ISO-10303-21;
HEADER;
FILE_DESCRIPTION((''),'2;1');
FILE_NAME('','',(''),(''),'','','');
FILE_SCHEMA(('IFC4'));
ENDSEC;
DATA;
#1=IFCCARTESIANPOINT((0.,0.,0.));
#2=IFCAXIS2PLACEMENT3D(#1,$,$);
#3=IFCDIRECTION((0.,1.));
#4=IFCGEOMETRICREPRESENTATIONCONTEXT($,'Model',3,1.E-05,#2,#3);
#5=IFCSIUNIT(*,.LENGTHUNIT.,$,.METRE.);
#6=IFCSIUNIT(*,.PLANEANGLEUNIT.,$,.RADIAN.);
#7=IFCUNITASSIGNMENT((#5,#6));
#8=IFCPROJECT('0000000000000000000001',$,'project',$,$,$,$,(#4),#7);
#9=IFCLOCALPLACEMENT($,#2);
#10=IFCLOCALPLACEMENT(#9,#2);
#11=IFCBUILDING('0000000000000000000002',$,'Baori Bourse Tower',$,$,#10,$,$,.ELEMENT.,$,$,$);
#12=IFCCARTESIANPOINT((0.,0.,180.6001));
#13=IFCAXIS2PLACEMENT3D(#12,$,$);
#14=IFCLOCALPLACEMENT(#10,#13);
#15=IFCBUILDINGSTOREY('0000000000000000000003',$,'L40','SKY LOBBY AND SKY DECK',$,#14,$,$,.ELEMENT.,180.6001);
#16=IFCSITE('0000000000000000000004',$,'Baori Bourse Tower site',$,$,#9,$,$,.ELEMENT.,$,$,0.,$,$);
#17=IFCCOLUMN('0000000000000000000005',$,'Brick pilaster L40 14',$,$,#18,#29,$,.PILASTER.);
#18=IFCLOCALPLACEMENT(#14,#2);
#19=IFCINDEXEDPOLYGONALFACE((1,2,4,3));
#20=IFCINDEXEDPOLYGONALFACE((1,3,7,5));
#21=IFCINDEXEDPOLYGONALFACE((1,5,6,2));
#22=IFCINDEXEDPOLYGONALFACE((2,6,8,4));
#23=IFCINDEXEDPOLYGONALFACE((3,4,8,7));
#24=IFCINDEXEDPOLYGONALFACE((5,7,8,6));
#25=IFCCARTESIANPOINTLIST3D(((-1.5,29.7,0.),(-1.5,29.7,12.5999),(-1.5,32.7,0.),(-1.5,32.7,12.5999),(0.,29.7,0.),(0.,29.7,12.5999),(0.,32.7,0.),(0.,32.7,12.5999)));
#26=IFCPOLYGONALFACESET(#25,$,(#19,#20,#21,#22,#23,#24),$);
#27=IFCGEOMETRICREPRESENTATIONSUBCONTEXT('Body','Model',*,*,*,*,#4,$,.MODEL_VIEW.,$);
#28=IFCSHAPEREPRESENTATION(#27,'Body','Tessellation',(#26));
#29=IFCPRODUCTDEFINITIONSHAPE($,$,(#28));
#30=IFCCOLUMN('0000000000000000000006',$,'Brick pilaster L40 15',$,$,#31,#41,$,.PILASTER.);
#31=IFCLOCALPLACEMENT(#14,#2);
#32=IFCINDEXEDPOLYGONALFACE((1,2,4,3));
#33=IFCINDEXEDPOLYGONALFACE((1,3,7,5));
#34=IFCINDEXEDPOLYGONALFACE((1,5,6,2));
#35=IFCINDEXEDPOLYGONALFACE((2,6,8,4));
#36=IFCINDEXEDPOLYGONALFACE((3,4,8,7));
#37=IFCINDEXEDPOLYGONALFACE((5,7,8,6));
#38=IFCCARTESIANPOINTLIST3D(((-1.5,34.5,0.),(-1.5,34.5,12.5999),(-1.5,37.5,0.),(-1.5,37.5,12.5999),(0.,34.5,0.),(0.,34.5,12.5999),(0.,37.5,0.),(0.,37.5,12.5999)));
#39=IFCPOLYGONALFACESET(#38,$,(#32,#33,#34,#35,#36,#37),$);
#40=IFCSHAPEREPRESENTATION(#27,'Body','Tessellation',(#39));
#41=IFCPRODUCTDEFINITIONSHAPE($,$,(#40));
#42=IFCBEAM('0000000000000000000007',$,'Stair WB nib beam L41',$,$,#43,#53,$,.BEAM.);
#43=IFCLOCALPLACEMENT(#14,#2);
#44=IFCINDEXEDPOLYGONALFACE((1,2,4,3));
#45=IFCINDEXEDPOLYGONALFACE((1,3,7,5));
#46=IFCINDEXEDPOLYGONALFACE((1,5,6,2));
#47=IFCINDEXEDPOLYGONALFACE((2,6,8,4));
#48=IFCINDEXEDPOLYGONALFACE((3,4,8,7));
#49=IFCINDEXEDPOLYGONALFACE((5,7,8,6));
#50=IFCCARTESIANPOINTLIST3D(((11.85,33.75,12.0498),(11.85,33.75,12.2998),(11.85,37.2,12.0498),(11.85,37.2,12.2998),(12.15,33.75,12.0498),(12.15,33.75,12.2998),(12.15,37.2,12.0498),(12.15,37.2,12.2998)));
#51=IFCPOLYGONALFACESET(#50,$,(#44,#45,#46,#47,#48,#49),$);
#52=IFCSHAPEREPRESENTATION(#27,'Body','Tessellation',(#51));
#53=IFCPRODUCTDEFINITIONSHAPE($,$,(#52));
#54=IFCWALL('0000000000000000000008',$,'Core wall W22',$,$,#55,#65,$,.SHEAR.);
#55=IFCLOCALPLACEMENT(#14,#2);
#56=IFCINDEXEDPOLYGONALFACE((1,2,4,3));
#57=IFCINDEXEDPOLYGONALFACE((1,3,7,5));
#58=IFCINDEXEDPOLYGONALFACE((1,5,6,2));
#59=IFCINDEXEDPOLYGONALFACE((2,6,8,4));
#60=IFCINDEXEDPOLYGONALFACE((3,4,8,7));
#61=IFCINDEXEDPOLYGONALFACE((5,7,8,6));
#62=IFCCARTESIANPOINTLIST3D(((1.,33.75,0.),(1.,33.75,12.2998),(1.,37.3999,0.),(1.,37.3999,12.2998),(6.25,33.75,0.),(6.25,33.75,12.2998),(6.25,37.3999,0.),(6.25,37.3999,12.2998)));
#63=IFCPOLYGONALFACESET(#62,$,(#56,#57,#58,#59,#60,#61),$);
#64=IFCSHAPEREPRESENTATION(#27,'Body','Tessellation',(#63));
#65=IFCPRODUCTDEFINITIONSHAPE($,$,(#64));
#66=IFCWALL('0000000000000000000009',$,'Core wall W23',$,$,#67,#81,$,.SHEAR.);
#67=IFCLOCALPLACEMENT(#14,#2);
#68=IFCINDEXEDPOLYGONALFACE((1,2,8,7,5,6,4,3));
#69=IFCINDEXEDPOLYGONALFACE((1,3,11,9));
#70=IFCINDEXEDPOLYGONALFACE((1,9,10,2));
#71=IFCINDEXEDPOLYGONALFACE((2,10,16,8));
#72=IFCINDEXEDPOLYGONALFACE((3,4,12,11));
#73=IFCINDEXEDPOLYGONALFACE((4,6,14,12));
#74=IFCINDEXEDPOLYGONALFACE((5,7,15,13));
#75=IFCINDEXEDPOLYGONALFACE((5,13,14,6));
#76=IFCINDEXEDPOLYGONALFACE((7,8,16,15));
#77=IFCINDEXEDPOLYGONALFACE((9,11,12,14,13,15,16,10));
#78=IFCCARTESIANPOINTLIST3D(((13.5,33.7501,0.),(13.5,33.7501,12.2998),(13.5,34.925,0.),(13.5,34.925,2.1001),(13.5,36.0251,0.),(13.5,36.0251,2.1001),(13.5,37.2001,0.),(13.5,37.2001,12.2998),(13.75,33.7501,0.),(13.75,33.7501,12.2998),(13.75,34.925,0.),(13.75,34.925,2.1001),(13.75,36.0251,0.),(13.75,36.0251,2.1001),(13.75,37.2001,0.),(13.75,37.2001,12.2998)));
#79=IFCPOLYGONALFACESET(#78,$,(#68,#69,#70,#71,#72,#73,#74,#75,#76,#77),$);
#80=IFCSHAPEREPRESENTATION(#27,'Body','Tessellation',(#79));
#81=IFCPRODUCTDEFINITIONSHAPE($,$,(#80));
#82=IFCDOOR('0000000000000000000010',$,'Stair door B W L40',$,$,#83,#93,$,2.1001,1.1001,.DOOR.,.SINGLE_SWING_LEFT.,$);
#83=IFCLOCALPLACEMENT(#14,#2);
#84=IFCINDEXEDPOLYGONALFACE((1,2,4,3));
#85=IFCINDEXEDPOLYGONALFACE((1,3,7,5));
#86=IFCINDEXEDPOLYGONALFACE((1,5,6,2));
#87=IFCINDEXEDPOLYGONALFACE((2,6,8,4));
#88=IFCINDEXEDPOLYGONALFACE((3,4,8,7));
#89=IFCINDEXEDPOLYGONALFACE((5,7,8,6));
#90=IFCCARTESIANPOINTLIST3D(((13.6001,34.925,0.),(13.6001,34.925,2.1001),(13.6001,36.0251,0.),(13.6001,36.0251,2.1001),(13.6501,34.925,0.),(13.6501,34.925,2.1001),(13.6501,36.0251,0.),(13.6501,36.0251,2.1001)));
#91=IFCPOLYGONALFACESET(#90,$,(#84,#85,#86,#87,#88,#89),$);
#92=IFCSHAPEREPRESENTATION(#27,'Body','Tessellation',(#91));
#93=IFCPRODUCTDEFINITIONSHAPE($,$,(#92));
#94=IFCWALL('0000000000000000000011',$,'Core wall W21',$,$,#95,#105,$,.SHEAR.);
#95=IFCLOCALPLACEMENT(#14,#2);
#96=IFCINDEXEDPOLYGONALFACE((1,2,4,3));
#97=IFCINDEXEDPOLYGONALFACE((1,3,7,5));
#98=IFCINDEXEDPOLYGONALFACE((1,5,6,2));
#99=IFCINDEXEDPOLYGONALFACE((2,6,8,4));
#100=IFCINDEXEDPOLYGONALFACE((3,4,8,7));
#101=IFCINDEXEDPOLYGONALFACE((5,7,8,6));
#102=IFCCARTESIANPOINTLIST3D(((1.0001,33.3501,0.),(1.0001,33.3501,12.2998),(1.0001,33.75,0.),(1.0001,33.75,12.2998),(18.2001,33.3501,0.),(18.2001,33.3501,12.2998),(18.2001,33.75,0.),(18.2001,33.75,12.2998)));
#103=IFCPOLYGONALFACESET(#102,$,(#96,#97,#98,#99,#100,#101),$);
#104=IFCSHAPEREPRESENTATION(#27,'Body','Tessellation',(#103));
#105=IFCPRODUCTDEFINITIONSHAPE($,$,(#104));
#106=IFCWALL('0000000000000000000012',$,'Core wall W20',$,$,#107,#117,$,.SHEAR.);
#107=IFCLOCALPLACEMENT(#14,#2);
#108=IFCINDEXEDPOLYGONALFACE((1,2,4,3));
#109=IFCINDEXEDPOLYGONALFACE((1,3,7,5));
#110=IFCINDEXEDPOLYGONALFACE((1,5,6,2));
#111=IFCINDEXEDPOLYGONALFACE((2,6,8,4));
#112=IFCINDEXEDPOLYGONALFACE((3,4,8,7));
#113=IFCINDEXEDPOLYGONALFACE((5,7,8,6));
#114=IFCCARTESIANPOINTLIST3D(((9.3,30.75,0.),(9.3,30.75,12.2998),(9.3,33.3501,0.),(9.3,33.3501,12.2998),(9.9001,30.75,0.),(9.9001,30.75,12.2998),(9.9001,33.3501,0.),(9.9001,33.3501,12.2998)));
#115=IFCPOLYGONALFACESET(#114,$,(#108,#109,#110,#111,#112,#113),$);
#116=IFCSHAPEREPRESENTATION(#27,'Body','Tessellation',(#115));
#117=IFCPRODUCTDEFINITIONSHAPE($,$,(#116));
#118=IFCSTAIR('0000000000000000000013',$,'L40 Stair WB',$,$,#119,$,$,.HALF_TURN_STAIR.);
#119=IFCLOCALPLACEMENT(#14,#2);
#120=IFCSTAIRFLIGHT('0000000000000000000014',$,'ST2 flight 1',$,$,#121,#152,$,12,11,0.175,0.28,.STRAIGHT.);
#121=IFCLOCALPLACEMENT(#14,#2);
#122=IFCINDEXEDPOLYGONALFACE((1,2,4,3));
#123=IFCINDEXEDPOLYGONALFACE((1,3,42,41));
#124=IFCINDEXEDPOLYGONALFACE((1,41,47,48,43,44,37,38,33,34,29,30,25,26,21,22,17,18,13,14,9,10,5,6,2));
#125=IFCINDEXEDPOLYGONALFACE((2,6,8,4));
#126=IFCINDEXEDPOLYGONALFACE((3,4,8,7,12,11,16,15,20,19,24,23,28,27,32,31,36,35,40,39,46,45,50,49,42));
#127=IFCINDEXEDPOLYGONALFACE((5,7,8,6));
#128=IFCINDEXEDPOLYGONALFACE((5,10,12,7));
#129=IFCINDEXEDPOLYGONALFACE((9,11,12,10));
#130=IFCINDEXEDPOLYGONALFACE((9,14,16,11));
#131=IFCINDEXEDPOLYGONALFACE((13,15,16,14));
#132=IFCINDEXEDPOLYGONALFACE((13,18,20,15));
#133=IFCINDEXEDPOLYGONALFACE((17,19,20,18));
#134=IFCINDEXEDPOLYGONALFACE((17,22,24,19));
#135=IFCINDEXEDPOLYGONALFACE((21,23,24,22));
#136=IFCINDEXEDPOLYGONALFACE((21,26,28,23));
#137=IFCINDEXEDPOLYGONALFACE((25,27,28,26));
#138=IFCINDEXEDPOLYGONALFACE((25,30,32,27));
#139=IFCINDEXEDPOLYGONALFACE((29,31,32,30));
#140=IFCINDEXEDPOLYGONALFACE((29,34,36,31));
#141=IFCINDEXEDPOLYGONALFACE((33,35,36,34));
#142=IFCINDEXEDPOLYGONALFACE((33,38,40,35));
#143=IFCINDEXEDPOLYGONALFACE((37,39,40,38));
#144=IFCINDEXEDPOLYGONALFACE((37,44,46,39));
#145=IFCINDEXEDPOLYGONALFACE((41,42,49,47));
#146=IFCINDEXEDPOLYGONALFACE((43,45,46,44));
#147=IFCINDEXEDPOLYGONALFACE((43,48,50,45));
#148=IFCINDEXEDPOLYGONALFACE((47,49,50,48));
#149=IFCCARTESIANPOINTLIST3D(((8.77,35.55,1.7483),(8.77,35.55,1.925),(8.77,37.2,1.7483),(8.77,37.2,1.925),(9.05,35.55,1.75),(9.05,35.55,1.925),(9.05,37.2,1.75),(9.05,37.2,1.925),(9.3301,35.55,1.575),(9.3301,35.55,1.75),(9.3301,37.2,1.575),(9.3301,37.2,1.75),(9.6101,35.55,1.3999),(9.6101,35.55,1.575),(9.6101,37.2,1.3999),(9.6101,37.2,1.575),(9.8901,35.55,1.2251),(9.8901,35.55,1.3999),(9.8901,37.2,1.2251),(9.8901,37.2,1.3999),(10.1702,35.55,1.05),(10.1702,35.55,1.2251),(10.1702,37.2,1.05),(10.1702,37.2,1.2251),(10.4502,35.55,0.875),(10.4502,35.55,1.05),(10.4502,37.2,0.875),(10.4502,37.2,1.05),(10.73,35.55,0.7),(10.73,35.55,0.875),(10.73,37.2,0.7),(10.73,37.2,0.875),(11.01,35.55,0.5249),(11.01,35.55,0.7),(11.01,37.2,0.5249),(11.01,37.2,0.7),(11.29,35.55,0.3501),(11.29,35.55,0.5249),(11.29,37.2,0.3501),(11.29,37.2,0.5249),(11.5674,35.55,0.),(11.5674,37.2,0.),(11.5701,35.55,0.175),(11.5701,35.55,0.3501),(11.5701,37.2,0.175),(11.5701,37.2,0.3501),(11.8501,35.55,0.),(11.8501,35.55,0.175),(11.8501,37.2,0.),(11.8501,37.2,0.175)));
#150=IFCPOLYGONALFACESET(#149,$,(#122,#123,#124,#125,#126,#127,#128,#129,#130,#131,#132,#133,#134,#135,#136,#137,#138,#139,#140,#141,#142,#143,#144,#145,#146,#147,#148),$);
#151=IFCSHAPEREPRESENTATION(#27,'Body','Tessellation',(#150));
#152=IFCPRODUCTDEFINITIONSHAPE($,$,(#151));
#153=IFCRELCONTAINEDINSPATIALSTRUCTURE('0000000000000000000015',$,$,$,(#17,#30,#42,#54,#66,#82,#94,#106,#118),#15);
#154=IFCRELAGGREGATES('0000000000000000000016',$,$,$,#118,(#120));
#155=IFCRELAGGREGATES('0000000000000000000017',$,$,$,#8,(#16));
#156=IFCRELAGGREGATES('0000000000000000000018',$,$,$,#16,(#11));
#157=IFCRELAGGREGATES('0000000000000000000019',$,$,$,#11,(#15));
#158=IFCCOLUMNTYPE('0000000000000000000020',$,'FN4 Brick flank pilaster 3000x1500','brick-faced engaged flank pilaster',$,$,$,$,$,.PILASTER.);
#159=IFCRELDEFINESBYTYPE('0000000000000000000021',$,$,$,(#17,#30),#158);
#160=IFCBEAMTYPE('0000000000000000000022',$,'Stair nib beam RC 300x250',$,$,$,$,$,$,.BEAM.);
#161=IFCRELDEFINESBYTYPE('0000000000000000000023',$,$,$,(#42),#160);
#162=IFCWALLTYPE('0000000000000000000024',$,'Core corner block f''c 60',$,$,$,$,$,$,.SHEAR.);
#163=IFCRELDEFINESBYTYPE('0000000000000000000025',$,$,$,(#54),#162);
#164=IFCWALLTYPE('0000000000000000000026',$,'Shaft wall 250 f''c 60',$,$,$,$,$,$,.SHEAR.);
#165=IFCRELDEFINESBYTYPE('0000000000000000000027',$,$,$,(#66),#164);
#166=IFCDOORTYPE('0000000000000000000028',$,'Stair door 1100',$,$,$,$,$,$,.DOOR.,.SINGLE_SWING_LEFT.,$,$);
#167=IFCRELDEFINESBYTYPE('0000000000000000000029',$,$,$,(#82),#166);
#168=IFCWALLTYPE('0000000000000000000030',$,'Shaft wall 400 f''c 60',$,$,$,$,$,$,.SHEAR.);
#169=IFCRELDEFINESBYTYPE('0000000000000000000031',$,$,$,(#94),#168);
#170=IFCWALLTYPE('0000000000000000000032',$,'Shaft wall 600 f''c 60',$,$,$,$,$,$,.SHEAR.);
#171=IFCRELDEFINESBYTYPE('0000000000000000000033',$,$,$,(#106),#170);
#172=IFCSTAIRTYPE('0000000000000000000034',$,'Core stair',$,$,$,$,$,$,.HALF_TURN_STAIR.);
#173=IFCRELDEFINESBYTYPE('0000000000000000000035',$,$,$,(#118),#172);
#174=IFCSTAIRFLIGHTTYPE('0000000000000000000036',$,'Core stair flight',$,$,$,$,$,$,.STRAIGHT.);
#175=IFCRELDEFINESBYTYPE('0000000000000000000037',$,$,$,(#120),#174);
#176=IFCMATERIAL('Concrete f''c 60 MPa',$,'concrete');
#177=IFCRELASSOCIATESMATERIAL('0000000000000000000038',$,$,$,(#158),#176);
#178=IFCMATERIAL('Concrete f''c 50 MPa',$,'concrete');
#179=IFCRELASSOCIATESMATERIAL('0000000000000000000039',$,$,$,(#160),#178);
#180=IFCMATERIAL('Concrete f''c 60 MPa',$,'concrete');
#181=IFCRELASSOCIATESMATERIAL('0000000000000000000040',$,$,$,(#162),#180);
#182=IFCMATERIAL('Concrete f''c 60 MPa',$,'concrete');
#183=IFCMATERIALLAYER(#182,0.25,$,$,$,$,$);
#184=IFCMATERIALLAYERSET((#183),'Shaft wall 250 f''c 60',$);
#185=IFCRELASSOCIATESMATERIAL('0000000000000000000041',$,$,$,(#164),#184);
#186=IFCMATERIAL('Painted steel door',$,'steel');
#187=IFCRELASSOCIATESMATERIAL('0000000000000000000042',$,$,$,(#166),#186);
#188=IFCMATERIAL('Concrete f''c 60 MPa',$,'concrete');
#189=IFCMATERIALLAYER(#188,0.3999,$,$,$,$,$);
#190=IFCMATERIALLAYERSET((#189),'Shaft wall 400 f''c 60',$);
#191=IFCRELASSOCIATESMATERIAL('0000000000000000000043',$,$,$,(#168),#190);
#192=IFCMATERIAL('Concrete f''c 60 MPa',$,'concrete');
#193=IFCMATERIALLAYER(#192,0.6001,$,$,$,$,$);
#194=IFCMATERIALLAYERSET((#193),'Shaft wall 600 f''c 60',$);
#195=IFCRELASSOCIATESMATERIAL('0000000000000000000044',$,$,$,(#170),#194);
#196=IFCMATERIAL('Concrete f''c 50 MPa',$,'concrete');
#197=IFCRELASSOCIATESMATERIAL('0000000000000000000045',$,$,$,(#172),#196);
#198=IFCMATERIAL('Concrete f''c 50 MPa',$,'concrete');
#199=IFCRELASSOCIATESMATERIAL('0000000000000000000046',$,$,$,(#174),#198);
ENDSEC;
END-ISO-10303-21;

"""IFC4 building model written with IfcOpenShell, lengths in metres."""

from ifc_helpers import new_model, si_unit, direction, frame, frame_2d, origin, origin_2d, place, context, subcontext, project, spatial, polyline, rectangle, outline, extrude, material, layer, layer_set, material_profile, profile_set, type_object, element, fill, aggregate, save


model = new_model("IFC4")

# Units and contexts
model_context = context("Model", 3, precision=1e-05, world=origin(), true_north=direction((0.0, 1.0)))
body_context = subcontext(model_context, "Body", "Model", "MODEL_VIEW")
ifc_project = project(units=[si_unit("LENGTHUNIT", "METRE"), si_unit("PLANEANGLEUNIT", "RADIAN")], contexts=[model_context])

# Site, building, storey
site_placement = place(None, origin())
site = spatial("IfcSite", under=ifc_project, at=site_placement, Name="Baori Bourse Tower site", CompositionType="ELEMENT", RefElevation=0.0)
building_placement = place(site_placement, origin())
building = spatial("IfcBuilding", under=site, at=building_placement, Name="Baori Bourse Tower", CompositionType="ELEMENT")
storey_placement = place(building_placement, frame((0.0, 0.0, 180.6001)))
storey = spatial("IfcBuildingStorey", under=building, at=storey_placement, Name="L40", Description="SKY LOBBY AND SKY DECK", CompositionType="ELEMENT", Elevation=180.6001)

# Columns
ifc_material_1 = material(Name="Concrete f'c 60 MPa", Category="concrete")
ifc_material_profile_1 = material_profile(ifc_material_1, rectangle(XDim=3.0, YDim=1.5, at=origin_2d()), Name="RC 3000x1500")
ifc_profile_set_1 = profile_set([ifc_material_profile_1], Name="Concrete f'c 60 MPa")
column_type = type_object("IfcColumnType", Name="FN4 Brick flank pilaster 3000x1500", Description="brick-faced engaged flank pilaster", PredefinedType="PILASTER", material=ifc_profile_set_1)
for number, where, z_axis, x_axis, name in (
    (1, (-0.75, 31.2, 0.0), (0.0, 0.0, 1.0), (0.0, 1.0, 0.0), "Brick pilaster L40 14"),
    (2, (-0.75, 36.0, 0.0), (0.0, 0.0, 1.0), (0.0, 1.0, 0.0), "Brick pilaster L40 15"),
):
    element("IfcColumn", number, at=place(storey_placement, frame(where, z_axis=z_axis, x_axis=x_axis)), inside=storey, type_object=column_type, Name=name, PredefinedType="PILASTER", context=body_context, shape_type="SweptSolid", body=[
        extrude(rectangle(XDim=3.0, YDim=1.5, at=origin_2d()), origin(), (0.0, 0.0, 1.0), 12.5999),
    ])

# Beam
ifc_material_2 = material(Name="Concrete f'c 50 MPa", Category="concrete")
ifc_material_profile_2 = material_profile(ifc_material_2, rectangle(XDim=0.3, YDim=0.25, at=origin_2d()), Name="RC 300x250")
ifc_profile_set_2 = profile_set([ifc_material_profile_2], Name="Concrete f'c 50 MPa")
beam_type = type_object("IfcBeamType", Name="Stair nib beam RC 300x250", PredefinedType="BEAM", material=ifc_profile_set_2)
beam_placement = place(storey_placement, frame((12.0, 33.75, 12.1748), z_axis=(0.0, 1.0, 0.0), x_axis=(-1.0, 0.0, 0.0)))
element("IfcBeam", 3, at=beam_placement, inside=storey, type_object=beam_type, Name="Stair WB nib beam L41", PredefinedType="BEAM", context=body_context, shape_type="SweptSolid", body=[
    extrude(rectangle(XDim=0.3, YDim=0.25, at=origin_2d()), origin(), (0.0, 0.0, 1.0), 3.45),
])

# Wall
ifc_material_3 = material(Name="Concrete f'c 60 MPa", Category="concrete")
wall_type_1 = type_object("IfcWallType", Name="Core corner block f'c 60", PredefinedType="SHEAR", material=ifc_material_3)
wall_1_placement = place(storey_placement, frame((1.0, 35.575, 0.0), z_axis=(0.0, 0.0, 1.0), x_axis=(1.0, 0.0, 0.0)))
element("IfcWall", 4, at=wall_1_placement, inside=storey, type_object=wall_type_1, Name="Core wall W22", PredefinedType="SHEAR", context=body_context, shape_type="SweptSolid", body=[
    extrude(rectangle(XDim=5.25, YDim=3.6499, at=frame_2d((2.625, 0.0))), origin(), (0.0, 0.0, 1.0), 12.2998),
])

# Wall, opening, door
ifc_material_4 = material(Name="Concrete f'c 60 MPa", Category="concrete")
ifc_layer_1 = layer(ifc_material_4, 0.25)
ifc_layer_set_1 = layer_set([ifc_layer_1], Name="Shaft wall 250 f'c 60")
wall_type_2 = type_object("IfcWallType", Name="Shaft wall 250 f'c 60", PredefinedType="SHEAR", material=ifc_layer_set_1)
wall_2_placement = place(storey_placement, frame((13.625, 33.75, 0.0), z_axis=(0.0, 0.0, 1.0), x_axis=(0.0, 1.0, 0.0)))
wall_2 = element("IfcWall", 5, at=wall_2_placement, inside=storey, type_object=wall_type_2, Name="Core wall W23", PredefinedType="SHEAR", context=body_context, shape_type="SweptSolid", body=[
    extrude(rectangle(XDim=3.45, YDim=0.25, at=frame_2d((1.7251, 0.0))), origin(), (0.0, 0.0, 1.0), 12.2998),
])
opening_placement = place(wall_2_placement, frame((1.175, 0.0, 0.0)))
opening = element("IfcOpeningElement", 6, at=opening_placement, cuts=wall_2, PredefinedType="OPENING", context=body_context, shape_type="SweptSolid", body=[
    extrude(rectangle(XDim=1.1001, YDim=2.1001, at=frame_2d((0.55, 1.05))), frame((0.0, 0.135, 0.0), z_axis=(0.0, -1.0, 0.0), x_axis=(1.0, 0.0, 0.0)), (0.0, 0.0, 1.0), 0.27),
])
ifc_material_5 = material(Name="Painted steel door", Category="steel")
door_type = type_object("IfcDoorType", Name="Stair door 1100", OperationType="SINGLE_SWING_LEFT", PredefinedType="DOOR", material=ifc_material_5)
door_placement = place(opening_placement, origin())
door = element("IfcDoor", 7, at=door_placement, inside=storey, type_object=door_type, Name="Stair door B W L40", OperationType="SINGLE_SWING_LEFT", OverallHeight=2.1001, OverallWidth=1.1001, PredefinedType="DOOR", context=body_context, shape_type="SweptSolid", body=[
    extrude(rectangle(XDim=1.1001, YDim=2.1001, at=frame_2d((0.55, 1.05))), frame((0.0, 0.0249, 0.0), z_axis=(0.0, -1.0, 0.0), x_axis=(1.0, 0.0, 0.0)), (0.0, 0.0, 1.0), 0.05),
])
fill(opening, door)

# Walls
ifc_material_6 = material(Name="Concrete f'c 60 MPa", Category="concrete")
ifc_layer_2 = layer(ifc_material_6, 0.3999)
ifc_layer_set_2 = layer_set([ifc_layer_2], Name="Shaft wall 400 f'c 60")
wall_type_3 = type_object("IfcWallType", Name="Shaft wall 400 f'c 60", PredefinedType="SHEAR", material=ifc_layer_set_2)
wall_3_placement = place(storey_placement, frame((1.0, 33.55, 0.0), z_axis=(0.0, 0.0, 1.0), x_axis=(1.0, 0.0, 0.0)))
element("IfcWall", 8, at=wall_3_placement, inside=storey, type_object=wall_type_3, Name="Core wall W21", PredefinedType="SHEAR", context=body_context, shape_type="SweptSolid", body=[
    extrude(rectangle(XDim=17.2, YDim=0.3999, at=frame_2d((8.6001, 0.0))), origin(), (0.0, 0.0, 1.0), 12.2998),
])
ifc_material_7 = material(Name="Concrete f'c 60 MPa", Category="concrete")
ifc_layer_3 = layer(ifc_material_7, 0.6001)
ifc_layer_set_3 = layer_set([ifc_layer_3], Name="Shaft wall 600 f'c 60")
wall_type_4 = type_object("IfcWallType", Name="Shaft wall 600 f'c 60", PredefinedType="SHEAR", material=ifc_layer_set_3)
wall_4_placement = place(storey_placement, frame((9.6001, 30.75, 0.0), z_axis=(0.0, 0.0, 1.0), x_axis=(0.0, 1.0, 0.0)))
element("IfcWall", 9, at=wall_4_placement, inside=storey, type_object=wall_type_4, Name="Core wall W20", PredefinedType="SHEAR", context=body_context, shape_type="SweptSolid", body=[
    extrude(rectangle(XDim=2.6001, YDim=0.6001, at=frame_2d((1.3, 0.0))), origin(), (0.0, 0.0, 1.0), 12.2998),
])

# Stair, stair flight
ifc_material_8 = material(Name="Concrete f'c 50 MPa", Category="concrete")
stair_type = type_object("IfcStairType", Name="Core stair", PredefinedType="HALF_TURN_STAIR", material=ifc_material_8)
stair_placement = place(storey_placement, origin())
stair = element("IfcStair", 10, at=stair_placement, inside=storey, type_object=stair_type, Name="L40 Stair WB", PredefinedType="HALF_TURN_STAIR")
ifc_material_9 = material(Name="Concrete f'c 50 MPa", Category="concrete")
stair_flight_type = type_object("IfcStairFlightType", Name="Core stair flight", PredefinedType="STRAIGHT", material=ifc_material_9)
stair_flight_1_placement = place(storey_placement, frame((11.8501, 36.375, 0.0), z_axis=(0.0, 0.0, 1.0), x_axis=(-1.0, 0.0, 0.0)))
stair_flight_1 = element("IfcStairFlight", 11, at=stair_flight_1_placement, type_object=stair_flight_type, Name="ST2 flight 1", NumberOfRisers=12, NumberOfTreads=11, PredefinedType="STRAIGHT", RiserHeight=0.175, TreadLength=0.28, context=body_context, shape_type="SweptSolid", body=[
    extrude(outline(polyline([(0.0, 0.0), (0.0, 0.175), (0.28, 0.175), (0.28, 0.3501), (0.5601, 0.3501), (0.5601, 0.5249), (0.8401, 0.5249), (0.8401, 0.7), (1.1201, 0.7), (1.1201, 0.875), (1.3999, 0.875), (1.3999, 1.05), (1.6799, 1.05), (1.6799, 1.2251), (1.96, 1.2251), (1.96, 1.3999), (2.24, 1.3999), (2.24, 1.575), (2.52, 1.575), (2.52, 1.75), (2.8, 1.75), (2.8, 1.925), (3.0801, 1.925), (3.0801, 2.1001), (3.0801, 1.7483), (0.2827, 0.0), (0.0, 0.0)])), frame((0.0, 0.825, 0.0), z_axis=(0.0, -1.0, 0.0), x_axis=(1.0, 0.0, 0.0)), (0.0, 0.0, 1.0), 1.6499),
])
aggregate(stair, [stair_flight_1])

save(model, "model.ifc")
